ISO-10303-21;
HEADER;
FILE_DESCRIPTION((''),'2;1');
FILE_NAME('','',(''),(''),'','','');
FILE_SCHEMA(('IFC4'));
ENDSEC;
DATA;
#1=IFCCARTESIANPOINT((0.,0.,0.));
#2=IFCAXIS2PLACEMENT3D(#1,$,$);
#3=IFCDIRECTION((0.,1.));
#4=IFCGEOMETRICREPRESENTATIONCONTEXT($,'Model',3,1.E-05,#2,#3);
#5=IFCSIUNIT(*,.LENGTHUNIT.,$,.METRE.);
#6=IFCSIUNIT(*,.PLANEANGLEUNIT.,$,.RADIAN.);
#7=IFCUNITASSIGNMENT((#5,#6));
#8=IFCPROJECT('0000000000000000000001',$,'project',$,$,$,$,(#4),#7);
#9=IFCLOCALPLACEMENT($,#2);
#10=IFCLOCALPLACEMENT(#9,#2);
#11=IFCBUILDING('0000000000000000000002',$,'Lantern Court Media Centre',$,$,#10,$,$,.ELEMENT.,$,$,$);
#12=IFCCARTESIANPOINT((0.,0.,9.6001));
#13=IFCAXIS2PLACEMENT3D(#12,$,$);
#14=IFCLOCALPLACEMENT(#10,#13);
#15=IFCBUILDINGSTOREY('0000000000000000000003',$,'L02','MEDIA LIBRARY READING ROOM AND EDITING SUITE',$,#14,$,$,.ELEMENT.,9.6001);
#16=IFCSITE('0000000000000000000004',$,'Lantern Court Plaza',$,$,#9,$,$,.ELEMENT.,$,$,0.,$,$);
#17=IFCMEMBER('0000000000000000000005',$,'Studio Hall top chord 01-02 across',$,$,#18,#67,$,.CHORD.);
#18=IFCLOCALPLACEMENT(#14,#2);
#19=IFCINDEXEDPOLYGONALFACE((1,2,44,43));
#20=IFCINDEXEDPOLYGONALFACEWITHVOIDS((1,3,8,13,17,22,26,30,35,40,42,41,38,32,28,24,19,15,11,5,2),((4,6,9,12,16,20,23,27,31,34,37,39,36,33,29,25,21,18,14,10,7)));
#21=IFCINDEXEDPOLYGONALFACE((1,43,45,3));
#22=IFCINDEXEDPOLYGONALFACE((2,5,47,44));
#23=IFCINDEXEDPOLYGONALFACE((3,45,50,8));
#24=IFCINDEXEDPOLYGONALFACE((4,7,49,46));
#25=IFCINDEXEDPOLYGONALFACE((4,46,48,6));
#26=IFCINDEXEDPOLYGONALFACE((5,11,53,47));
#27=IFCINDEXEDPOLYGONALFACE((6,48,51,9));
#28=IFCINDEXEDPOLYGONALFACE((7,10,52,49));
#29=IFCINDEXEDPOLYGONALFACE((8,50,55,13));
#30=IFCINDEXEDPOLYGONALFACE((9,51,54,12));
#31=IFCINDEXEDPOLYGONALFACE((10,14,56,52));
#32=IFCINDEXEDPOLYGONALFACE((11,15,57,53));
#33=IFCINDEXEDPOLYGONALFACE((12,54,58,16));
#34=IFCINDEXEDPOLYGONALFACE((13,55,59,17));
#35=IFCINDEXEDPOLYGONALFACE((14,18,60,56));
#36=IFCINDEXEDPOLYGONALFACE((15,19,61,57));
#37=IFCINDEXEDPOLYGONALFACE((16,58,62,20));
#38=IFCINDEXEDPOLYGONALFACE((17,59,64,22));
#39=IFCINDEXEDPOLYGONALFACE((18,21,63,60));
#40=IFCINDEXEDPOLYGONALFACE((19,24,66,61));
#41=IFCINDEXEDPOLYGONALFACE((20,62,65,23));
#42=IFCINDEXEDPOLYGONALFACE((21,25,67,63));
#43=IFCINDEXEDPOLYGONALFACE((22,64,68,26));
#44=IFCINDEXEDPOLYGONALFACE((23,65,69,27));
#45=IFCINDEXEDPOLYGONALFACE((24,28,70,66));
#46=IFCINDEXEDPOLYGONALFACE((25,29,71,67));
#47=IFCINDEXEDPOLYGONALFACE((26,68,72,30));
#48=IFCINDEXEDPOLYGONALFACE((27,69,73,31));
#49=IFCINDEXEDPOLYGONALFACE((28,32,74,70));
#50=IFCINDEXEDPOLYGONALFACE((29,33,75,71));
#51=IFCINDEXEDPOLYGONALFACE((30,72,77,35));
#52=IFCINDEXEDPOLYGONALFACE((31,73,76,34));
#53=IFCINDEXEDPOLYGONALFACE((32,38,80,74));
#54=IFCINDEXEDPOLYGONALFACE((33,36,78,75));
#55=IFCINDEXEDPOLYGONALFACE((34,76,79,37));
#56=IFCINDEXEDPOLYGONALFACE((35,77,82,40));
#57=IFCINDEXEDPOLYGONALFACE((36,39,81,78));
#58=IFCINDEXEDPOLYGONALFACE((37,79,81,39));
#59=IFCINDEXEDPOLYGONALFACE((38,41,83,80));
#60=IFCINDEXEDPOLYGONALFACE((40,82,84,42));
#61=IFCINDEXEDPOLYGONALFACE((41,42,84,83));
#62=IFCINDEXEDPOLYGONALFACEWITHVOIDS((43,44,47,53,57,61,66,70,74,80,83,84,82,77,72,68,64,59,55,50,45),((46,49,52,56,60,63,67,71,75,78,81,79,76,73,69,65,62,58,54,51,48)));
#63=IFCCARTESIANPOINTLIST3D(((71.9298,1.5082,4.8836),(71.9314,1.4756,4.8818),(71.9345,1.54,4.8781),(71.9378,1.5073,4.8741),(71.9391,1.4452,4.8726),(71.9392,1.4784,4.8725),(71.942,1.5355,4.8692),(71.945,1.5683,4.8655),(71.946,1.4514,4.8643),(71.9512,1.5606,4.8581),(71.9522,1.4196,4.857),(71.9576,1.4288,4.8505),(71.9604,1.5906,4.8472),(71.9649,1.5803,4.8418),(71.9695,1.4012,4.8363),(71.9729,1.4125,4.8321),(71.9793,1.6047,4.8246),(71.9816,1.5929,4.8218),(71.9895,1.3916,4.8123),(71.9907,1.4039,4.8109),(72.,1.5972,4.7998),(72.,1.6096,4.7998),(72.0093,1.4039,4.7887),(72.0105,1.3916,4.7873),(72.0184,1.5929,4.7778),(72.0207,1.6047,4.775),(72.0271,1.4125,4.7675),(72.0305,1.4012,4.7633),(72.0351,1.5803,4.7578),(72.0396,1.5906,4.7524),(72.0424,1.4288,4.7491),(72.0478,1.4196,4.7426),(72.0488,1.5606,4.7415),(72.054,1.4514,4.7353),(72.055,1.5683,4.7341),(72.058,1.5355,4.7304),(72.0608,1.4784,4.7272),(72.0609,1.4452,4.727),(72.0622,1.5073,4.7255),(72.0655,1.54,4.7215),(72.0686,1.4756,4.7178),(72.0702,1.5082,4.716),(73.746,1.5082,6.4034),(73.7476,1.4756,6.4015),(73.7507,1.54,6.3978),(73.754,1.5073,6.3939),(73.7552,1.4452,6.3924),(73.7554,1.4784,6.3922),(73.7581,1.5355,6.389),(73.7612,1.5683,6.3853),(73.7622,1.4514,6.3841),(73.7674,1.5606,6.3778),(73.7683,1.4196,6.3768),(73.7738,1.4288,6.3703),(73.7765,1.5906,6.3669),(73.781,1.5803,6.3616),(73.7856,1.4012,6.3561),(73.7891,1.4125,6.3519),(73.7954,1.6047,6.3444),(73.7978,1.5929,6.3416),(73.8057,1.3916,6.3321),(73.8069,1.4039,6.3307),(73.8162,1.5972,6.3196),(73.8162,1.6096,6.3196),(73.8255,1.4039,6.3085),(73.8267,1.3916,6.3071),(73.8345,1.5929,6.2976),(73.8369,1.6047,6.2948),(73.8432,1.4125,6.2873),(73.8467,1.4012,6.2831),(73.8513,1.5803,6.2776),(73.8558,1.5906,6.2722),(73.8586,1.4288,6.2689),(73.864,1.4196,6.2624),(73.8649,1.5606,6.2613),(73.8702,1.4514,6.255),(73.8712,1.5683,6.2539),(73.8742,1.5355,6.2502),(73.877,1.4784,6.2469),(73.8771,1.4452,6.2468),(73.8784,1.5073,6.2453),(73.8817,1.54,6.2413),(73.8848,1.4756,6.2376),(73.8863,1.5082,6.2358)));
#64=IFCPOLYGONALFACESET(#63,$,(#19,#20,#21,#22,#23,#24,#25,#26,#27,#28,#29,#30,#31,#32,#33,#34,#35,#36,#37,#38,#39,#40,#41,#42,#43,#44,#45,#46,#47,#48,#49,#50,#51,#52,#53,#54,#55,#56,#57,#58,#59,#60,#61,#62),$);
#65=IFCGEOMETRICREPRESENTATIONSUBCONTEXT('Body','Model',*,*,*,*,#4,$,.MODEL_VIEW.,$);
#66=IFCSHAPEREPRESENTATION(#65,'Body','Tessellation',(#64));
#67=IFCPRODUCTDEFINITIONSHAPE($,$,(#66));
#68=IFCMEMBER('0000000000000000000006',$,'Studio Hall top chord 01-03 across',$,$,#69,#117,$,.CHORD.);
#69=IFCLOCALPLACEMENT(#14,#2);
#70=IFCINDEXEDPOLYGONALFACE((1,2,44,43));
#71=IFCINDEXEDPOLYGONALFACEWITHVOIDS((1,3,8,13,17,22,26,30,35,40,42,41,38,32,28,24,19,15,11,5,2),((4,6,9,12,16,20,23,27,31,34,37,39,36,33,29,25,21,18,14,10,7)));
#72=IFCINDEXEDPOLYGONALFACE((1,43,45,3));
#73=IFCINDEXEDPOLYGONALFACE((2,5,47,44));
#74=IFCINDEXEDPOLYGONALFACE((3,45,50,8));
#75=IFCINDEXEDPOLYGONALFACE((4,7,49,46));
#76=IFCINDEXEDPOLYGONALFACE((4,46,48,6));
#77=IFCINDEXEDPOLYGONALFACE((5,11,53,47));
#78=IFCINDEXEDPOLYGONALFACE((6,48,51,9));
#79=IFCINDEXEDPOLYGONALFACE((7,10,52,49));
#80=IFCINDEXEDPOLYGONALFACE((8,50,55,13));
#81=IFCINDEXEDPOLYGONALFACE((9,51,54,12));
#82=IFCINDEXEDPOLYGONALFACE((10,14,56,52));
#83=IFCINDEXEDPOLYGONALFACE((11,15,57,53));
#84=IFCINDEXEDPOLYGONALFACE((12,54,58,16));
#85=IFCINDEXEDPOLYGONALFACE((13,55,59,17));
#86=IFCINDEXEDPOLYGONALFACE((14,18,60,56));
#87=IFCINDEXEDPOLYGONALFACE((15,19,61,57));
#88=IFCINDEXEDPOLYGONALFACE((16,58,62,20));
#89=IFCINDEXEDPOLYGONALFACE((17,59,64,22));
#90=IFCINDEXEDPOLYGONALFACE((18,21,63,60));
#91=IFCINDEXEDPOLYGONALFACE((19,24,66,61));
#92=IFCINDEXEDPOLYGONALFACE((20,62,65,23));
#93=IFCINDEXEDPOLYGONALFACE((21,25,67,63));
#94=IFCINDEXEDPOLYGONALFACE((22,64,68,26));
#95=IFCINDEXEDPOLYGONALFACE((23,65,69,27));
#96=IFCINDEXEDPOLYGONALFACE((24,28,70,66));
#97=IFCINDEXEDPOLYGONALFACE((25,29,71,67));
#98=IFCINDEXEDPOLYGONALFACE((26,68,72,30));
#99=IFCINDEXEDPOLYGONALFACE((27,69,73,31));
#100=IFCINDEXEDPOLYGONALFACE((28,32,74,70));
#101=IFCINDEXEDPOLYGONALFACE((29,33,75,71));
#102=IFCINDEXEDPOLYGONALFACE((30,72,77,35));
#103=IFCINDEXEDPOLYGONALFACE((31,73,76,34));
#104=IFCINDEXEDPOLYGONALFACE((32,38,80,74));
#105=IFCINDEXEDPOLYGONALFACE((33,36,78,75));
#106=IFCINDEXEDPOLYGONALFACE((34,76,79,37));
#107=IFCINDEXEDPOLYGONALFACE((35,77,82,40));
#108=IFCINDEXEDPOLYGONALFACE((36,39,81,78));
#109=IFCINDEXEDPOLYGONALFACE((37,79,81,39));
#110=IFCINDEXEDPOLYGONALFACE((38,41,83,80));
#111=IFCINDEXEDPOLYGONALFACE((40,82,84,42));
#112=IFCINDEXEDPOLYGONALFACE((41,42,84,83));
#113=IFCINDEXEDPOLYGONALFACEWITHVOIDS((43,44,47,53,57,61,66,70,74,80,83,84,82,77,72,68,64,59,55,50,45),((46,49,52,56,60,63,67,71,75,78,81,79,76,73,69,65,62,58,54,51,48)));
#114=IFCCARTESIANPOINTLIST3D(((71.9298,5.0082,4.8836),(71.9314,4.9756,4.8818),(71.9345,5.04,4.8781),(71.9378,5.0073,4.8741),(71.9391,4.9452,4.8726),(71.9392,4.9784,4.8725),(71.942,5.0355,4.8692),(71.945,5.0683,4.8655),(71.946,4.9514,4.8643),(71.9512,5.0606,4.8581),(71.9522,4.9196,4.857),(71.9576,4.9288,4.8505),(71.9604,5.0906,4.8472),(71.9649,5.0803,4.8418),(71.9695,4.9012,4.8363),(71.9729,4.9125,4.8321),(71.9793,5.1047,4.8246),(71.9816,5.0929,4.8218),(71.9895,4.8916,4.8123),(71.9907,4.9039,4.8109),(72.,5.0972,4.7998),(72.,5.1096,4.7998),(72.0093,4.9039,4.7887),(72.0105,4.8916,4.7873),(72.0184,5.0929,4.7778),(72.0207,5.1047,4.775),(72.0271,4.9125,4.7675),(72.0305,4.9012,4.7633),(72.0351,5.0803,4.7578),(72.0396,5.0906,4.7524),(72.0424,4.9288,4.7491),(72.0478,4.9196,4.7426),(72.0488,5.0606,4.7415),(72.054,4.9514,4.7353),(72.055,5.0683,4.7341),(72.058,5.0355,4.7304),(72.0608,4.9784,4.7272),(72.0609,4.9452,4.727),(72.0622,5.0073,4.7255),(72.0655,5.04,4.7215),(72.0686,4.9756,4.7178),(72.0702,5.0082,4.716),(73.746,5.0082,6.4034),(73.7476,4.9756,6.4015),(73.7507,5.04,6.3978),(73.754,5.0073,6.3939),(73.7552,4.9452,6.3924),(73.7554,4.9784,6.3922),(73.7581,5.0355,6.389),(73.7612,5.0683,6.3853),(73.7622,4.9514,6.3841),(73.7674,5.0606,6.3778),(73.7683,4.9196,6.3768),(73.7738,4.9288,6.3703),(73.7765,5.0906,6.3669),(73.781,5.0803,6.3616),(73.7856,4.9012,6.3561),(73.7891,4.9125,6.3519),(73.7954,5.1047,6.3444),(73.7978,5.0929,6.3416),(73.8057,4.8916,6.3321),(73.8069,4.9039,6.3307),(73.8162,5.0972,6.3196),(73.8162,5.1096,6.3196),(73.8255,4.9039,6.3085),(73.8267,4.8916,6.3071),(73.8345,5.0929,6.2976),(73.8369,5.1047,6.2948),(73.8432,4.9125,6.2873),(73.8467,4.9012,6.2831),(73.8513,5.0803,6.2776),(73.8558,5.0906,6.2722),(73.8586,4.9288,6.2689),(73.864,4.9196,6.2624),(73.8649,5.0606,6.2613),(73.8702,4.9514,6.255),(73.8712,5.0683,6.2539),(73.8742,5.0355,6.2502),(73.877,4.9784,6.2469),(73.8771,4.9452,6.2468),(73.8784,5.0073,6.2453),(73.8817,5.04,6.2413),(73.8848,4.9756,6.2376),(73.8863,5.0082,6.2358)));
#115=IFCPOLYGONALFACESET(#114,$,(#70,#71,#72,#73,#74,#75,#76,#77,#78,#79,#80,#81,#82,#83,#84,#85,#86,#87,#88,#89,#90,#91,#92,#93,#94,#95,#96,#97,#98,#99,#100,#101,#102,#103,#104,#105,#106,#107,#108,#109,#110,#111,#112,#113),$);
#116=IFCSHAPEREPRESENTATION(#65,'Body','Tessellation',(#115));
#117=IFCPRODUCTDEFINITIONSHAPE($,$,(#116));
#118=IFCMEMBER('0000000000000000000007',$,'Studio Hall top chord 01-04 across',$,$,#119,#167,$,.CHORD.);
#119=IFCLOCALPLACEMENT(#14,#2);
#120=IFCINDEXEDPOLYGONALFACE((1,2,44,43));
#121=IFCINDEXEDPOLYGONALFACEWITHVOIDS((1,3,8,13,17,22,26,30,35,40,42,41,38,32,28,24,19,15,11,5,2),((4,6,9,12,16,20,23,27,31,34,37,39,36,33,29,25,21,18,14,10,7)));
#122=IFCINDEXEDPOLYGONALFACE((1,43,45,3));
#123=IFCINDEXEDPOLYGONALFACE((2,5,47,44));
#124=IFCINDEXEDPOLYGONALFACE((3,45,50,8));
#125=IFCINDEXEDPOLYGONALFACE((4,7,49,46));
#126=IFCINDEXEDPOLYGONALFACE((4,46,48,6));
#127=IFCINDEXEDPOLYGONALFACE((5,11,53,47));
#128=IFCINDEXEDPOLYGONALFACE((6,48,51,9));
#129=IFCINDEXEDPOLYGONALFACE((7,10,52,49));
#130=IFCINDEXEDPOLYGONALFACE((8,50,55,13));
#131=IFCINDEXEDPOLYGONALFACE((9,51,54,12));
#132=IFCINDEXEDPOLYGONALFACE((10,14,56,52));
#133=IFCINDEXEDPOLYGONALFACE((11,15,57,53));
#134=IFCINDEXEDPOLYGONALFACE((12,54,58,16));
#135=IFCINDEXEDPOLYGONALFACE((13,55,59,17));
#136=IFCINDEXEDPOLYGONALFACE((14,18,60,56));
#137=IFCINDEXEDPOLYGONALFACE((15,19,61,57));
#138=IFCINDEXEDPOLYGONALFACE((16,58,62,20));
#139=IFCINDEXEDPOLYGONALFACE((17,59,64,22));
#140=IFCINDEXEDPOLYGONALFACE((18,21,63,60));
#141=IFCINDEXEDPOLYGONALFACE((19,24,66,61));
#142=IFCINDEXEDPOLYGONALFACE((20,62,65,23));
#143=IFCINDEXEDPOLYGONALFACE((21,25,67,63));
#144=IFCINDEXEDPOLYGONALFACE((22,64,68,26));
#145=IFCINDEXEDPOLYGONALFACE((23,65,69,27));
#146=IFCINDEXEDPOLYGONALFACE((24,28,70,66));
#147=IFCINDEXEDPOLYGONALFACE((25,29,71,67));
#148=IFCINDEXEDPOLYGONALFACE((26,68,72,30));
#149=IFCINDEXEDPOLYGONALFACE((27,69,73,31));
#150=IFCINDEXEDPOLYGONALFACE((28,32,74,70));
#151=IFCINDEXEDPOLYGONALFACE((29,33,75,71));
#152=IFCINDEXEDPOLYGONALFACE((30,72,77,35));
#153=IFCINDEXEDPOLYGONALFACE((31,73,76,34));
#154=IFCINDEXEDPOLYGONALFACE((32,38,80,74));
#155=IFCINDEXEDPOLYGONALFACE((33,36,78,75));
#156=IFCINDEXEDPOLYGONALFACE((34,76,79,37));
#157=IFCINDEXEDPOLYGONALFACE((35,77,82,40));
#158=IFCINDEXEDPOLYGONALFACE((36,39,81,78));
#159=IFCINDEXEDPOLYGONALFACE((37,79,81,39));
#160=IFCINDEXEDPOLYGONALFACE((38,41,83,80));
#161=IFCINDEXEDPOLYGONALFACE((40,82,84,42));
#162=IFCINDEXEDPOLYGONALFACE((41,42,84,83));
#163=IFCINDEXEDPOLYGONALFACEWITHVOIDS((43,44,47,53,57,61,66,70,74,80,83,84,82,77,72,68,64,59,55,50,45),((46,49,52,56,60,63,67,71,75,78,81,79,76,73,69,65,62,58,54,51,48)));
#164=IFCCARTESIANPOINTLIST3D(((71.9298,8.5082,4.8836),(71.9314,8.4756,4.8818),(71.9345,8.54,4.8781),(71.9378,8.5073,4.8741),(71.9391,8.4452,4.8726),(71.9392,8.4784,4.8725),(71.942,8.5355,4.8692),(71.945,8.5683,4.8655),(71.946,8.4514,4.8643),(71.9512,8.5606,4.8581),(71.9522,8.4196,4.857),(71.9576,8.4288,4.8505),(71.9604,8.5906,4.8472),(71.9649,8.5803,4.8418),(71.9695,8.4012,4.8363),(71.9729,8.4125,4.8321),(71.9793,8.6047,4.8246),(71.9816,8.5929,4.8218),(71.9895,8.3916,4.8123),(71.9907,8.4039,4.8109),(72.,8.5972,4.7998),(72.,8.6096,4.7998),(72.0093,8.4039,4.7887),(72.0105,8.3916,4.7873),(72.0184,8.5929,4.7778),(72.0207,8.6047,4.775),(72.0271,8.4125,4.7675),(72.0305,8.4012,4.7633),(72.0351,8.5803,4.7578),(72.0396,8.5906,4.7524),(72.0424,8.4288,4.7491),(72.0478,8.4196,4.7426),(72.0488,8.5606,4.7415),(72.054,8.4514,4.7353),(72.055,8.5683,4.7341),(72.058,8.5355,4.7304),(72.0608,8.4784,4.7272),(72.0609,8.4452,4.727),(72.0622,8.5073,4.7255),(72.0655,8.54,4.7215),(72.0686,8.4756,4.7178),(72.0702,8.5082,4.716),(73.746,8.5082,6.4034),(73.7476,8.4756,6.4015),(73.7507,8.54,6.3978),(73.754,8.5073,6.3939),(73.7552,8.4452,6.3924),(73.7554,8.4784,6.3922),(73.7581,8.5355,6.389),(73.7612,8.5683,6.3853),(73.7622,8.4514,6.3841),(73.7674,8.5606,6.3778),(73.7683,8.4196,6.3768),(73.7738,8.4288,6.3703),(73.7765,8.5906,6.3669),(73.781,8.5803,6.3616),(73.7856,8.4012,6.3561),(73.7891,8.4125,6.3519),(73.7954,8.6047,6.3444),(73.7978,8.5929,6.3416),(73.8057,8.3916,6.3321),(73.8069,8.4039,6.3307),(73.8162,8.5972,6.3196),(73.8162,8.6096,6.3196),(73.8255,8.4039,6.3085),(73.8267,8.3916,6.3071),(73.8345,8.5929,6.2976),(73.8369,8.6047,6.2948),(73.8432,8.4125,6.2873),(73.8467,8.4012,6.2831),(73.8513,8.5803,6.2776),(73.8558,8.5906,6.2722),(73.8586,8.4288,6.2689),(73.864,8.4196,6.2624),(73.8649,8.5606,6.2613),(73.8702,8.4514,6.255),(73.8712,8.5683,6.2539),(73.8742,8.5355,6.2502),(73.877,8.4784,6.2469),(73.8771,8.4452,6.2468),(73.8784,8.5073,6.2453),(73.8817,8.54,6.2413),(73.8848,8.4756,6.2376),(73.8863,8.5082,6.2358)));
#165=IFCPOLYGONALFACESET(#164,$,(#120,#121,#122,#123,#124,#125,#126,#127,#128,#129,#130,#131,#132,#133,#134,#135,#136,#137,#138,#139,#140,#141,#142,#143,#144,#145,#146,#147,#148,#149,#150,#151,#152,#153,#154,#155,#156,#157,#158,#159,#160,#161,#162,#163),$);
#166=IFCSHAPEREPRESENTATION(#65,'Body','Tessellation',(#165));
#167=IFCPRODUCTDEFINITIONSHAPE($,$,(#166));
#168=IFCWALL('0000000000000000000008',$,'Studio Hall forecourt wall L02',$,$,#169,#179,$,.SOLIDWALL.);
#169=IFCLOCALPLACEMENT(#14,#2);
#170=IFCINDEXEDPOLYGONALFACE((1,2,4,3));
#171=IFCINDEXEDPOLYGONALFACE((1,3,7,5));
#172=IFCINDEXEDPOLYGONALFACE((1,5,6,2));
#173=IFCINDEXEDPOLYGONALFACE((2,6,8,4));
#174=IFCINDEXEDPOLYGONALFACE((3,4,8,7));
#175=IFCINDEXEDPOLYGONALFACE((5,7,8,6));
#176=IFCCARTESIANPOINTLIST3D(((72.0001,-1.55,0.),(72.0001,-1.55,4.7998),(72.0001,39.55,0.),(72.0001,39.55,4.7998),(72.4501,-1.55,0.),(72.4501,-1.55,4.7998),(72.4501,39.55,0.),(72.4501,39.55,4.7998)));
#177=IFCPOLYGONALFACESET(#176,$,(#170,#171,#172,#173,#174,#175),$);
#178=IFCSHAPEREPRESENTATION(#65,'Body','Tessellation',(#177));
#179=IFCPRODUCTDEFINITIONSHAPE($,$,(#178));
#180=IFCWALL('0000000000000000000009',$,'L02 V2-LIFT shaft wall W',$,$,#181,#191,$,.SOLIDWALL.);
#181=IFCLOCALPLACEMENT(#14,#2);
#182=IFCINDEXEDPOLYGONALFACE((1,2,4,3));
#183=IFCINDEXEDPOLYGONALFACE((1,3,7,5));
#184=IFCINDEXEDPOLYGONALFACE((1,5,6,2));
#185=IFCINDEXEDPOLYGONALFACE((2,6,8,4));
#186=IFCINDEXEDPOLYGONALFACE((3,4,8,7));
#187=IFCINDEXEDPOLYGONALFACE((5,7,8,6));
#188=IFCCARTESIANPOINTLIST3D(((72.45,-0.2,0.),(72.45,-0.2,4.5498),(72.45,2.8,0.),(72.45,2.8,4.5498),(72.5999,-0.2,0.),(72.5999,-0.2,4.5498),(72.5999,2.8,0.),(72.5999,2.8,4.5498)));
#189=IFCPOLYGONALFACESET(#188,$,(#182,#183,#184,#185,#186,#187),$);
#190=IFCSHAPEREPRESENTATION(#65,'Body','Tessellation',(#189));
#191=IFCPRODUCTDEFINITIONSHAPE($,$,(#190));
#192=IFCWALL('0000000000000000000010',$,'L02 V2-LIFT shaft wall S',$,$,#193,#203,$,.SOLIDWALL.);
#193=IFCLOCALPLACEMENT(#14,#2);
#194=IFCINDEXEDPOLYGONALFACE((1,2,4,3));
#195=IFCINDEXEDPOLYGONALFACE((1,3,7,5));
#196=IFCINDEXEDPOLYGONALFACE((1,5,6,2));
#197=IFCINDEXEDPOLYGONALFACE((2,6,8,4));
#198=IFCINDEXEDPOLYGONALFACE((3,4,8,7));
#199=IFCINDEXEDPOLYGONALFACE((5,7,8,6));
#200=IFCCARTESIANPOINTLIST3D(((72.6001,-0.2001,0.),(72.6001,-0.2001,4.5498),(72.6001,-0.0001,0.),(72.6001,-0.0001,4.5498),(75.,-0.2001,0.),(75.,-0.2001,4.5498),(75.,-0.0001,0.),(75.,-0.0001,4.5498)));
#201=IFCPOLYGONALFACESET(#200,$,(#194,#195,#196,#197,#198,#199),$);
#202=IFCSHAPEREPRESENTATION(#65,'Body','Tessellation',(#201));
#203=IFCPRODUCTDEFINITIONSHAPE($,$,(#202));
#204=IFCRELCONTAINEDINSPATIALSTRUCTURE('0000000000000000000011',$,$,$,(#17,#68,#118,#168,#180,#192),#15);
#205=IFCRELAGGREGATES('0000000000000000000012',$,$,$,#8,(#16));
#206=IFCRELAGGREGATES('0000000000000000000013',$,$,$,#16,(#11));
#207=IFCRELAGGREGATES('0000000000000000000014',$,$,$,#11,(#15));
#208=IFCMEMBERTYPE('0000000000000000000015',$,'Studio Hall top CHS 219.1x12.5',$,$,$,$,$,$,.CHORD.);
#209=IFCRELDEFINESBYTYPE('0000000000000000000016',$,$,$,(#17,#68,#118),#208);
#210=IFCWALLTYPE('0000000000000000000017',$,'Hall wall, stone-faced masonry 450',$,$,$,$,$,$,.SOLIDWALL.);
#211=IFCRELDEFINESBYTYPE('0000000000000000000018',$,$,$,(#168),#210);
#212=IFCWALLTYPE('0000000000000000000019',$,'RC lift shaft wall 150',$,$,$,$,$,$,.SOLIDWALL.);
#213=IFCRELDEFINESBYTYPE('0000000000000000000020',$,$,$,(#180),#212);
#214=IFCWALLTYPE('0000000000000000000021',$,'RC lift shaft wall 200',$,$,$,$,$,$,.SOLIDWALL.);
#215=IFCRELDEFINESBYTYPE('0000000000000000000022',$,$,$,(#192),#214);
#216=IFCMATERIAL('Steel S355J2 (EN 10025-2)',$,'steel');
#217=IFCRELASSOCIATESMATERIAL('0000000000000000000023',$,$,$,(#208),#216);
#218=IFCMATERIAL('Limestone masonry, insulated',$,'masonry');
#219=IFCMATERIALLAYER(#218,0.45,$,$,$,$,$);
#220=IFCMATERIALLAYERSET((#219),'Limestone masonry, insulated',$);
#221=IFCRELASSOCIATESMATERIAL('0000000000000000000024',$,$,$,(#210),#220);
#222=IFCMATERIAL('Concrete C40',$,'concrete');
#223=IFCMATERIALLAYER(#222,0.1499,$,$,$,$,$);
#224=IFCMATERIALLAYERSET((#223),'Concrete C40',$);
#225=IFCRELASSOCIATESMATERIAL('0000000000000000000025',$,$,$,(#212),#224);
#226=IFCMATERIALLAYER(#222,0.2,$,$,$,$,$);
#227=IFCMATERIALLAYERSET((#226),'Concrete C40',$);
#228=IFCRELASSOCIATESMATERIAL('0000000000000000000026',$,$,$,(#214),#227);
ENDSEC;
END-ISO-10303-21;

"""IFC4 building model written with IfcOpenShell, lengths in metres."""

from ifc_helpers import new_model, si_unit, direction, frame, frame_2d, origin, origin_2d, place, context, subcontext, project, spatial, rectangle, hollow_circle, extrude, material, layer, layer_set, material_profile, profile_set, type_object, element, save


model = new_model("IFC4")

# Units and contexts
model_context = context("Model", 3, precision=1e-05, world=origin(), true_north=direction((0.0, 1.0)))
body_context = subcontext(model_context, "Body", "Model", "MODEL_VIEW")
ifc_project = project(units=[si_unit("LENGTHUNIT", "METRE"), si_unit("PLANEANGLEUNIT", "RADIAN")], contexts=[model_context])

# Site, building, storey
site_placement = place(None, origin())
site = spatial("IfcSite", under=ifc_project, at=site_placement, Name="Lantern Court Plaza", CompositionType="ELEMENT", RefElevation=0.0)
building_placement = place(site_placement, origin())
building = spatial("IfcBuilding", under=site, at=building_placement, Name="Lantern Court Media Centre", CompositionType="ELEMENT")
storey_placement = place(building_placement, frame((0.0, 0.0, 9.6001)))
storey = spatial("IfcBuildingStorey", under=building, at=storey_placement, Name="L02", Description="MEDIA LIBRARY READING ROOM AND EDITING SUITE", CompositionType="ELEMENT", Elevation=9.6001)

# Members
ifc_material_1 = material(Name="Steel S355J2 (EN 10025-2)", Category="steel")
ifc_material_profile_1 = material_profile(ifc_material_1, hollow_circle(Radius=0.1096, WallThickness=0.0125, at=origin_2d()), Name="Studio Hall top CHS 219.1x12.5")
ifc_profile_set_1 = profile_set([ifc_material_profile_1], Name="Steel S355J2 (EN 10025-2)")
member_type = type_object("IfcMemberType", Name="Studio Hall top CHS 219.1x12.5", PredefinedType="CHORD", material=ifc_profile_set_1)
for number, where, z_axis, x_axis, name in (
    (1, (72.0, 1.5, 4.7998), (0.76691, 0.0, 0.641755), (0.0, 1.0, 0.0), "Studio Hall top chord 01-02 across"),
    (2, (72.0, 5.0, 4.7998), (0.76691, 0.0, 0.641755), (0.0, 1.0, 0.0), "Studio Hall top chord 01-03 across"),
    (3, (72.0, 8.5, 4.7998), (0.76691, 0.0, 0.641755), (0.0, 1.0, 0.0), "Studio Hall top chord 01-04 across"),
):
    element("IfcMember", number, at=place(storey_placement, frame(where, z_axis=z_axis, x_axis=x_axis)), inside=storey, type_object=member_type, Name=name, PredefinedType="CHORD", context=body_context, shape_type="SweptSolid", body=[
        extrude(hollow_circle(Radius=0.1096, WallThickness=0.0125, at=origin_2d()), origin(), (0.0, 0.0, 1.0), 2.3682),
    ])

# Walls
ifc_material_2 = material(Name="Limestone masonry, insulated", Category="masonry")
ifc_layer_1 = layer(ifc_material_2, 0.45)
ifc_layer_set_1 = layer_set([ifc_layer_1], Name="Limestone masonry, insulated")
wall_type_1 = type_object("IfcWallType", Name="Hall wall, stone-faced masonry 450", PredefinedType="SOLIDWALL", material=ifc_layer_set_1)
wall_1_placement = place(storey_placement, frame((72.2251, -1.55, 0.0), z_axis=(0.0, 0.0, 1.0), x_axis=(0.0, 1.0, 0.0)))
element("IfcWall", 4, at=wall_1_placement, inside=storey, type_object=wall_type_1, Name="Studio Hall forecourt wall L02", PredefinedType="SOLIDWALL", context=body_context, shape_type="SweptSolid", body=[
    extrude(rectangle(XDim=41.1001, YDim=0.45, at=frame_2d((20.55, 0.0))), origin(), (0.0, 0.0, 1.0), 4.7998),
])
ifc_material_3 = material(Name="Concrete C40", Category="concrete")
ifc_layer_2 = layer(ifc_material_3, 0.1499)
ifc_layer_set_2 = layer_set([ifc_layer_2], Name="Concrete C40")
wall_type_2 = type_object("IfcWallType", Name="RC lift shaft wall 150", PredefinedType="SOLIDWALL", material=ifc_layer_set_2)
wall_2_placement = place(storey_placement, frame((72.5249, -0.2, 0.0), z_axis=(0.0, 0.0, 1.0), x_axis=(0.0, 1.0, 0.0)))
element("IfcWall", 5, at=wall_2_placement, inside=storey, type_object=wall_type_2, Name="L02 V2-LIFT shaft wall W", PredefinedType="SOLIDWALL", context=body_context, shape_type="SweptSolid", body=[
    extrude(rectangle(XDim=3.0, YDim=0.1499, at=frame_2d((1.5, 0.0))), origin(), (0.0, 0.0, 1.0), 4.5498),
])
ifc_layer_3 = layer(ifc_material_3, 0.2)
ifc_layer_set_3 = layer_set([ifc_layer_3], Name="Concrete C40")
wall_type_3 = type_object("IfcWallType", Name="RC lift shaft wall 200", PredefinedType="SOLIDWALL", material=ifc_layer_set_3)
wall_3_placement = place(storey_placement, frame((72.6001, -0.1001, 0.0), z_axis=(0.0, 0.0, 1.0), x_axis=(1.0, 0.0, 0.0)))
element("IfcWall", 6, at=wall_3_placement, inside=storey, type_object=wall_type_3, Name="L02 V2-LIFT shaft wall S", PredefinedType="SOLIDWALL", context=body_context, shape_type="SweptSolid", body=[
    extrude(rectangle(XDim=2.3999, YDim=0.2, at=frame_2d((1.2, 0.0))), origin(), (0.0, 0.0, 1.0), 4.5498),
])

save(model, "model.ifc")
